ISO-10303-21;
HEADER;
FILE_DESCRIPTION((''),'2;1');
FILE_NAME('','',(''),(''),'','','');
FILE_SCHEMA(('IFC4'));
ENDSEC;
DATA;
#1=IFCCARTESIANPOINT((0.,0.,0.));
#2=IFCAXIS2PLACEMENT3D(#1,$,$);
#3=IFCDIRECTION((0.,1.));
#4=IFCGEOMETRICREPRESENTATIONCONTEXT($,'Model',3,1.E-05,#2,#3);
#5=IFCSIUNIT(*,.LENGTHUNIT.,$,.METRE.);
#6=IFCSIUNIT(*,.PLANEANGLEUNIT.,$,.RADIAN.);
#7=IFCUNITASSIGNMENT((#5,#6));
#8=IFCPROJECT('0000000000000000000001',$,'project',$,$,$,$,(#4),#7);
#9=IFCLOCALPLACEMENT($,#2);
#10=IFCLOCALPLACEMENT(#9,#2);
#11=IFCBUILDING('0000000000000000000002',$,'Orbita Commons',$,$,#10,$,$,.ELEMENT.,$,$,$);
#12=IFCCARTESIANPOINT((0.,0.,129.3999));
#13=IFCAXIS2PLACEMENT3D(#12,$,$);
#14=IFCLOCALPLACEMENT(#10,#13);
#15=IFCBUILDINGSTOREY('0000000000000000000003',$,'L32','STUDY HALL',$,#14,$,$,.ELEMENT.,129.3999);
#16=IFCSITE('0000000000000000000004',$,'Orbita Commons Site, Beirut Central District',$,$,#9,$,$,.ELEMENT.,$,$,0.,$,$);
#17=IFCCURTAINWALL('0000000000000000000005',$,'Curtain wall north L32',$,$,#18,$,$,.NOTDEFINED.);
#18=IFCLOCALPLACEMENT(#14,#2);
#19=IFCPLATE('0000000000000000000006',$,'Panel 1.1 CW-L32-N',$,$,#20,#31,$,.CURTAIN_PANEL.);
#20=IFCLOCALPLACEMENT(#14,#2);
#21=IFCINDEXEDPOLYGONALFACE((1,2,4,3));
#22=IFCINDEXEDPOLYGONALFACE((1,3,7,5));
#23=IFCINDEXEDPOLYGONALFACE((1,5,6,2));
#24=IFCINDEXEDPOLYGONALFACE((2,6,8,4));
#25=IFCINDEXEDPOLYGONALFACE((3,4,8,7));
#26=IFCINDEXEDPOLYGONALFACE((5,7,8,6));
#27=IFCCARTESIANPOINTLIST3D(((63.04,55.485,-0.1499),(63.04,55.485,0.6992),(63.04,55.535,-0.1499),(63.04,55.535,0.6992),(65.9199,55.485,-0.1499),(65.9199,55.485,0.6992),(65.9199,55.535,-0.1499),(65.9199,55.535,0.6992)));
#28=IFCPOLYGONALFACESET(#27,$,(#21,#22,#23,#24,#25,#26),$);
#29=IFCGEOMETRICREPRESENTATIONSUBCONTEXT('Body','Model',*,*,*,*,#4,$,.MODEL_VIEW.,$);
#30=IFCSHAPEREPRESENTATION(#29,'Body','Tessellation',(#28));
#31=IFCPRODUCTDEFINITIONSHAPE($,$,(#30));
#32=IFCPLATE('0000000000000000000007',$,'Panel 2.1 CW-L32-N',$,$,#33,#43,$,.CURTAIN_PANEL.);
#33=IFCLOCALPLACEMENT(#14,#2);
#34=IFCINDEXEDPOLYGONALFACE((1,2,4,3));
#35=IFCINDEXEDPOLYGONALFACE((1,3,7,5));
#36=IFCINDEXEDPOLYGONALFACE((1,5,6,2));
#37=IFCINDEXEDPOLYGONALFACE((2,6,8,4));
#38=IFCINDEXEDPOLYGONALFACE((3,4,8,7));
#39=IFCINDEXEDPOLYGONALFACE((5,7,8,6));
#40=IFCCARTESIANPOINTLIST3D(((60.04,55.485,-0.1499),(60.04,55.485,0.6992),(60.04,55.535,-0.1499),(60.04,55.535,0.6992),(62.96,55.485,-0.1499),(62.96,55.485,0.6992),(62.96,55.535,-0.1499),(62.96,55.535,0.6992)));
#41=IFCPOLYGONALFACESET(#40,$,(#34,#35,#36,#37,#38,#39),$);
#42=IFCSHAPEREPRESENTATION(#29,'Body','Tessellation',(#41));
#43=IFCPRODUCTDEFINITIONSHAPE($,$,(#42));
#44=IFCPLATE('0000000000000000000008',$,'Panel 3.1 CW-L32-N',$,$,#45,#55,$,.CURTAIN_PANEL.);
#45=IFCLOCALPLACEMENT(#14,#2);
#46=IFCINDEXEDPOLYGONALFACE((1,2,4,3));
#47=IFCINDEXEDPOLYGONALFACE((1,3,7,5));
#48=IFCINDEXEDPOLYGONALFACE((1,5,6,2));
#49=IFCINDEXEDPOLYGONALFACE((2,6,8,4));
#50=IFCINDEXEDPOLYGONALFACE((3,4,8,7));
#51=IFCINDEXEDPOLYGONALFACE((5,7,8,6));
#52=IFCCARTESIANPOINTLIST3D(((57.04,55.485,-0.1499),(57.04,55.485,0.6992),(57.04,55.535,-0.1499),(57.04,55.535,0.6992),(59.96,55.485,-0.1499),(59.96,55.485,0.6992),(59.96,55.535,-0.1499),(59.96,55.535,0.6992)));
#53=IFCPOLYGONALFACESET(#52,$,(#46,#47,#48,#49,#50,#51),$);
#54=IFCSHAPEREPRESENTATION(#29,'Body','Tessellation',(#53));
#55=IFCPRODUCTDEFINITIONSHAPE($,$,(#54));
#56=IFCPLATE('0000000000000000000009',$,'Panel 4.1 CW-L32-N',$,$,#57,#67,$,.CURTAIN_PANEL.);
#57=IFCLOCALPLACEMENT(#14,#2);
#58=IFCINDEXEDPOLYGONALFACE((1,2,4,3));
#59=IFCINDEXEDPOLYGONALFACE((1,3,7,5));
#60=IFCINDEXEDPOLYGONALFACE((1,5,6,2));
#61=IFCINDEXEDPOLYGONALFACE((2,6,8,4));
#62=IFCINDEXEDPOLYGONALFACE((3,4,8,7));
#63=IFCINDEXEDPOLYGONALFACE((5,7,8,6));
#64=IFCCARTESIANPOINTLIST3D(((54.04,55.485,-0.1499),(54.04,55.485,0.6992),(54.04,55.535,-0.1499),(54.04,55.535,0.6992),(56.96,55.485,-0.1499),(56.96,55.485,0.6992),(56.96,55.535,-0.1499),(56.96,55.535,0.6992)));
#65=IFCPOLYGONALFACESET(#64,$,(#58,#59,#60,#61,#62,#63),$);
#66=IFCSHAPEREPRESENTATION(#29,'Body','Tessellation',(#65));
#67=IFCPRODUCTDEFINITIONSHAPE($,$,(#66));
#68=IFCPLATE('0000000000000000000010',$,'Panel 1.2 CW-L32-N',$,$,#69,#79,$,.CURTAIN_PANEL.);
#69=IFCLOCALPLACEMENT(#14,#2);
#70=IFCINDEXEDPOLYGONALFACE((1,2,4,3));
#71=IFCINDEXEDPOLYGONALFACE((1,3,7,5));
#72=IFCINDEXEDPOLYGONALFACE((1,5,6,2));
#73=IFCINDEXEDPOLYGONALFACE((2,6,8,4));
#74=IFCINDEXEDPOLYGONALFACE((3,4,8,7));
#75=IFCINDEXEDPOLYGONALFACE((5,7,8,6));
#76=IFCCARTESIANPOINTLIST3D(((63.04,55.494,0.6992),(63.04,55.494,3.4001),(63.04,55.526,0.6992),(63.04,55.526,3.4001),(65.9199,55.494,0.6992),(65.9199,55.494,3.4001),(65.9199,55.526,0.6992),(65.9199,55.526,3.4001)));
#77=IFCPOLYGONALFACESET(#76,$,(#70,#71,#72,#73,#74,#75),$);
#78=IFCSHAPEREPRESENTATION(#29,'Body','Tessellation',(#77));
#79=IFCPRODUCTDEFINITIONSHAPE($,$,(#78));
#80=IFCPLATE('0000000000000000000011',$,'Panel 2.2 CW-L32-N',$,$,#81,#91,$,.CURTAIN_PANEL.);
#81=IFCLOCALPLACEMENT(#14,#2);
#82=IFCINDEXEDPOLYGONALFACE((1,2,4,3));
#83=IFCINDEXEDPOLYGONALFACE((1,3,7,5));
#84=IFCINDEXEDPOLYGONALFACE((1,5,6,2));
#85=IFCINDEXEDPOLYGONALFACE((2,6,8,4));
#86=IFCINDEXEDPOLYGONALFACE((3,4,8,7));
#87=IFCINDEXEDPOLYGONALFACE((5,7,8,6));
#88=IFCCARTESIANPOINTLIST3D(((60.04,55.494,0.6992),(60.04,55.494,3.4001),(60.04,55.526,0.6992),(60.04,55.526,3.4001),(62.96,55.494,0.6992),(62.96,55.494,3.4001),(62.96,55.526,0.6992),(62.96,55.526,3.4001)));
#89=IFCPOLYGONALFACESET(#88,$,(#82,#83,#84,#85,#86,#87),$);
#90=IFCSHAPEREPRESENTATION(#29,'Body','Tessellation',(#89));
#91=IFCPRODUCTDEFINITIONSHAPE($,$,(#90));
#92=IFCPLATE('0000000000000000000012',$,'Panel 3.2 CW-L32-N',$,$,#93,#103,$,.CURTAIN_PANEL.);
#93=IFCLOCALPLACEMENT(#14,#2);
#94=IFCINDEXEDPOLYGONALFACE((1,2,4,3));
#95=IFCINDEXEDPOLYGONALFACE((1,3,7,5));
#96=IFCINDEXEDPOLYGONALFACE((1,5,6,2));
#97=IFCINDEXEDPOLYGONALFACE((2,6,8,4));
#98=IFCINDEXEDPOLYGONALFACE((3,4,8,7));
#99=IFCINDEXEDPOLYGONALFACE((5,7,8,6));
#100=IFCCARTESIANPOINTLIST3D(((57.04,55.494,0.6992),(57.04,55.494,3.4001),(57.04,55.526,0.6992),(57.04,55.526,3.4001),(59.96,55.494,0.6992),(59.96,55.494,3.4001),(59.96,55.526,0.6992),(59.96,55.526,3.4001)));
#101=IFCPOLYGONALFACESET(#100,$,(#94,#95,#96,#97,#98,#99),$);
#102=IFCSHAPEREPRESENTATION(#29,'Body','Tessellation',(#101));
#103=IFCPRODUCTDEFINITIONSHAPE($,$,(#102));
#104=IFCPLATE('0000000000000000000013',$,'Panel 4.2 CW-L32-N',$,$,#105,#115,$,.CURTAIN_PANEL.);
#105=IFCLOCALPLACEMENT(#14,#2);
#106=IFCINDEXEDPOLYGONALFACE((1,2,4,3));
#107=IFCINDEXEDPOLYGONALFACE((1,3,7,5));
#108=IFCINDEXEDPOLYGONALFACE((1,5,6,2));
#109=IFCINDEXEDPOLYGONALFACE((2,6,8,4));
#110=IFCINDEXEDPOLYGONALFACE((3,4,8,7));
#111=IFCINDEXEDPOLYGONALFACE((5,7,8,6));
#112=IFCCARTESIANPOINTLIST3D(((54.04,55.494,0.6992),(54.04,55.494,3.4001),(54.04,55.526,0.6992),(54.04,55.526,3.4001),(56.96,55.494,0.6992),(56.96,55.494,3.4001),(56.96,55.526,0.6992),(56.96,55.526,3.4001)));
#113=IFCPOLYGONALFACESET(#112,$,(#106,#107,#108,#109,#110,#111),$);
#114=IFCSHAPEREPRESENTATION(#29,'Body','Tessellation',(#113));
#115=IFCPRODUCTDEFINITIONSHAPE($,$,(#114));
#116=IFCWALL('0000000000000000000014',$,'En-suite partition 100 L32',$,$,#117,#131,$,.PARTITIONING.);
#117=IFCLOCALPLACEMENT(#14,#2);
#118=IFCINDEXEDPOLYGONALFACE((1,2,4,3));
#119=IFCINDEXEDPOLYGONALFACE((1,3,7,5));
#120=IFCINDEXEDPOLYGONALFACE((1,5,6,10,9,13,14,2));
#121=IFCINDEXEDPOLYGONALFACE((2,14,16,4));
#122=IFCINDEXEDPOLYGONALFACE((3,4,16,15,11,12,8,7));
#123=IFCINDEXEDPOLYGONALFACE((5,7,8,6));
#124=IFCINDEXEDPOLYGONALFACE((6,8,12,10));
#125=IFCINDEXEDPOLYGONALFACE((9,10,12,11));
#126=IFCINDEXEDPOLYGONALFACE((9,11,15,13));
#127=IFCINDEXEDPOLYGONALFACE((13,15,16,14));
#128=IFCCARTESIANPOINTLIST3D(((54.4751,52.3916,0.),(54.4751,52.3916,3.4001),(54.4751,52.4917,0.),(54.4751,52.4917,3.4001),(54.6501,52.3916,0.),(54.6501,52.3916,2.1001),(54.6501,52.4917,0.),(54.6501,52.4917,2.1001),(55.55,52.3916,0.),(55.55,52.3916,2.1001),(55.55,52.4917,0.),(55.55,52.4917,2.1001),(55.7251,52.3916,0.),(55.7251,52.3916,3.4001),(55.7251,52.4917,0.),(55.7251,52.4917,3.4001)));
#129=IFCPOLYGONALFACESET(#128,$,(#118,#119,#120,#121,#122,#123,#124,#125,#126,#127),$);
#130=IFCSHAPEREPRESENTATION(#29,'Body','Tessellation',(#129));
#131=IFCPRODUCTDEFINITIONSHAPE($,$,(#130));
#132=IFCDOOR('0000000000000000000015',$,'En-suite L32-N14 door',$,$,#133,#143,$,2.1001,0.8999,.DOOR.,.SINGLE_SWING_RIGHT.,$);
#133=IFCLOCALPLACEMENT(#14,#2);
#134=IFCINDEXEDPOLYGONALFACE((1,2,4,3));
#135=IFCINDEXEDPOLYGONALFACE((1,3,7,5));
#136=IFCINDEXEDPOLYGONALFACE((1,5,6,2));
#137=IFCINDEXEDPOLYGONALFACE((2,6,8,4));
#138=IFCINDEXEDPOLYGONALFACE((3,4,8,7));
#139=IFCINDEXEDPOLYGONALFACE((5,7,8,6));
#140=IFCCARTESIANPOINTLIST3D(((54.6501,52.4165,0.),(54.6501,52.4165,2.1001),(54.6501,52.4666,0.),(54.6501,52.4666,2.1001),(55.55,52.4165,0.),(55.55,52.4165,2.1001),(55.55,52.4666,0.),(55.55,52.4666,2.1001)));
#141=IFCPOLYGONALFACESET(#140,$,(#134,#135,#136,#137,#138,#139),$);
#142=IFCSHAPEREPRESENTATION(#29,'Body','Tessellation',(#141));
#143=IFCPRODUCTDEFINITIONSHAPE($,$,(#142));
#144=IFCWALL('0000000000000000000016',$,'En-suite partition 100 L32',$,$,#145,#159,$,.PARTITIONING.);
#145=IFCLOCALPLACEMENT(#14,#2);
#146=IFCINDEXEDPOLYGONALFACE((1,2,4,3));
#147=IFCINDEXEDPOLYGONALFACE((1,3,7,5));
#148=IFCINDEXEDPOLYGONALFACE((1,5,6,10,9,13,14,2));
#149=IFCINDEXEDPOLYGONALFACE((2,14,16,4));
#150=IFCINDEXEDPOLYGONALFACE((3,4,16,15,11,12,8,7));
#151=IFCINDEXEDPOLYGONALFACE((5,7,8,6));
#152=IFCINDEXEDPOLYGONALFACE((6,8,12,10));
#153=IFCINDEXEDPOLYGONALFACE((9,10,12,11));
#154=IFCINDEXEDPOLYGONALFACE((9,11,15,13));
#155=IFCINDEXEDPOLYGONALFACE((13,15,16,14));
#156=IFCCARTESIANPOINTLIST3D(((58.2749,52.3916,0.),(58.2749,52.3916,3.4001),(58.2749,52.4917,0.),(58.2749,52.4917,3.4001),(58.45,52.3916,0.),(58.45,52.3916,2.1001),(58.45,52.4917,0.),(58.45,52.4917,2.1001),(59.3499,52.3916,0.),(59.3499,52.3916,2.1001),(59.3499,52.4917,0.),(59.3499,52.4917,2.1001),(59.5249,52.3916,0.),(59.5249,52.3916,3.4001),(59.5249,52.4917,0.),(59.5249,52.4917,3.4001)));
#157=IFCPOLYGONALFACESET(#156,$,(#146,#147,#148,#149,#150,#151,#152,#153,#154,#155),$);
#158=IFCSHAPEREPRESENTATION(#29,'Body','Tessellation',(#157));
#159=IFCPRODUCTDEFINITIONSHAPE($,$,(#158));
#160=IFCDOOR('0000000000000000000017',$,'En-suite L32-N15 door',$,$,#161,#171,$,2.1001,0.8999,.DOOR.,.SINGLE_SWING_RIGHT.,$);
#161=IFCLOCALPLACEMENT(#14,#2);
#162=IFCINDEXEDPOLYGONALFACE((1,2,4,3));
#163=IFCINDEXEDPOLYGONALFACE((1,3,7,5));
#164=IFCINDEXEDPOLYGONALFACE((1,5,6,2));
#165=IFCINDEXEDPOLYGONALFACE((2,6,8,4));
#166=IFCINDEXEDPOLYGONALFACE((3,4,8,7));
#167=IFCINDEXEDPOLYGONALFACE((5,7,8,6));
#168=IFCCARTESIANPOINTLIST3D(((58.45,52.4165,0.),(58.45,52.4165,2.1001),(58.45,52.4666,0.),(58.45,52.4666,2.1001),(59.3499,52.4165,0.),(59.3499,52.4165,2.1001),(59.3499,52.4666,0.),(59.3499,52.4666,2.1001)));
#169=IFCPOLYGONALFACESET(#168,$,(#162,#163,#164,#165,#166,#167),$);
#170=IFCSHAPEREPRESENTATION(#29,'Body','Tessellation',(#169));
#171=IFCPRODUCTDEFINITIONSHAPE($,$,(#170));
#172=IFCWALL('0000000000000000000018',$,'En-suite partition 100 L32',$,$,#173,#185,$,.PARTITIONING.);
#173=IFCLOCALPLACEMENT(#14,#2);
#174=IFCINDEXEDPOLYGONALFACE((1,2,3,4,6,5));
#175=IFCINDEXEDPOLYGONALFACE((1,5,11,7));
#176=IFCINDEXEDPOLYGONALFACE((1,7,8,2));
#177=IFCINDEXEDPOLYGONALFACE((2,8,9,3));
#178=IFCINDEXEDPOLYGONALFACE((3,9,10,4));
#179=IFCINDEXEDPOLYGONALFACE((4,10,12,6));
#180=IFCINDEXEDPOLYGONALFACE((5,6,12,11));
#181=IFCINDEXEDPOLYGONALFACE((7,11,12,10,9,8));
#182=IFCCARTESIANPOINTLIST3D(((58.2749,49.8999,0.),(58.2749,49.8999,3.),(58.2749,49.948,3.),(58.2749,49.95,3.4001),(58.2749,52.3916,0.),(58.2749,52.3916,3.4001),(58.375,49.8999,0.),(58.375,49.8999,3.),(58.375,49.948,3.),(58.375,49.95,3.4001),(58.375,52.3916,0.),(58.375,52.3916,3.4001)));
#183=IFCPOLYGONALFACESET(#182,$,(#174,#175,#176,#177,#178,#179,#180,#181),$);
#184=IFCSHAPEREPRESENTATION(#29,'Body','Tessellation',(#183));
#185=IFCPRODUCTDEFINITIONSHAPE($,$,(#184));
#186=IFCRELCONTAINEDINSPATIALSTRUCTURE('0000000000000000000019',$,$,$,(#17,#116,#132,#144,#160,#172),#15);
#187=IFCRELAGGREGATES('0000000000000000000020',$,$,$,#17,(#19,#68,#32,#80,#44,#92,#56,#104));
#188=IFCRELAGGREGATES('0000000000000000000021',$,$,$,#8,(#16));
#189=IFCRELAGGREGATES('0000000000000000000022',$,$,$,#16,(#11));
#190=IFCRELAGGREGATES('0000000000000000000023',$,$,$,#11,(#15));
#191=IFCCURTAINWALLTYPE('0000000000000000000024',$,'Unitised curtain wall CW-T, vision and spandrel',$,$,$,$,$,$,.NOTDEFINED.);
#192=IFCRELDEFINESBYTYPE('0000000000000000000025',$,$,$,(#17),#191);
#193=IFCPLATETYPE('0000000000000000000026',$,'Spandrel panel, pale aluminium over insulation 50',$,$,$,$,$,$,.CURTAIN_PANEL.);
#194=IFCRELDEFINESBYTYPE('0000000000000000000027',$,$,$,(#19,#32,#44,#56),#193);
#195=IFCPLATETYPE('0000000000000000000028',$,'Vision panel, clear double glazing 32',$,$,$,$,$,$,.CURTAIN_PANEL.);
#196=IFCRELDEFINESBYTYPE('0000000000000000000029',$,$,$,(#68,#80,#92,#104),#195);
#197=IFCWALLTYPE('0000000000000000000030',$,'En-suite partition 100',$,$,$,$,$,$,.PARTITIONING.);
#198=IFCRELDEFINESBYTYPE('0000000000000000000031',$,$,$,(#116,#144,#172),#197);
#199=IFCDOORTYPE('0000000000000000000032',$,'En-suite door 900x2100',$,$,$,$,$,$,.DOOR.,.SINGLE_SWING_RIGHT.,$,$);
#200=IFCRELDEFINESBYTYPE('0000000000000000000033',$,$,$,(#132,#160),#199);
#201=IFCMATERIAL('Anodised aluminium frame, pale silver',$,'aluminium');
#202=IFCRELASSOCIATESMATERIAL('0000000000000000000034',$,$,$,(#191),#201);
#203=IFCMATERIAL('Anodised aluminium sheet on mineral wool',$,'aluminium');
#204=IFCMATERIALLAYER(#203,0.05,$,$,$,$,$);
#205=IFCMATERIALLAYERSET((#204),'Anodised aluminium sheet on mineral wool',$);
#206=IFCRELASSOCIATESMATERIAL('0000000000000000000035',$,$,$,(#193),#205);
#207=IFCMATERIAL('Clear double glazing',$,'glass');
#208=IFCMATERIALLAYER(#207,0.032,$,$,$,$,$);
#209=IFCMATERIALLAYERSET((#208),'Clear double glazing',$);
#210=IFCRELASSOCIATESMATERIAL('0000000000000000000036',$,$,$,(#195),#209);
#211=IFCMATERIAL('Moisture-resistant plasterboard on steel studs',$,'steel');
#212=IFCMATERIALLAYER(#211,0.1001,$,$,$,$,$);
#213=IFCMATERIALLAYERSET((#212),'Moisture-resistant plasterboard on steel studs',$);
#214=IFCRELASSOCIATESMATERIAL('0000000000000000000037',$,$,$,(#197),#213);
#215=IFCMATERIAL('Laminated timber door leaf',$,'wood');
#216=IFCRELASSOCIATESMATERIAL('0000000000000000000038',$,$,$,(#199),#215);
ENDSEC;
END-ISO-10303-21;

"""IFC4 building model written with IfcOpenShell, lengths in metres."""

from ifc_helpers import new_model, si_unit, direction, frame, frame_2d, origin, origin_2d, place, context, subcontext, project, spatial, polyline, rectangle, outline, extrude, material, layer, layer_set, type_object, element, fill, aggregate, save


model = new_model("IFC4")

# Units and contexts
model_context = context("Model", 3, precision=1e-05, world=origin(), true_north=direction((0.0, 1.0)))
body_context = subcontext(model_context, "Body", "Model", "MODEL_VIEW")
ifc_project = project(units=[si_unit("LENGTHUNIT", "METRE"), si_unit("PLANEANGLEUNIT", "RADIAN")], contexts=[model_context])

# Site, building, storey
site_placement = place(None, origin())
site = spatial("IfcSite", under=ifc_project, at=site_placement, Name="Orbita Commons Site, Beirut Central District", CompositionType="ELEMENT", RefElevation=0.0)
building_placement = place(site_placement, origin())
building = spatial("IfcBuilding", under=site, at=building_placement, Name="Orbita Commons", CompositionType="ELEMENT")
storey_placement = place(building_placement, frame((0.0, 0.0, 129.3999)))
storey = spatial("IfcBuildingStorey", under=building, at=storey_placement, Name="L32", Description="STUDY HALL", CompositionType="ELEMENT", Elevation=129.3999)

# Curtain wall
ifc_material_1 = material(Name="Anodised aluminium frame, pale silver", Category="aluminium")
curtain_wall_type = type_object("IfcCurtainWallType", Name="Unitised curtain wall CW-T, vision and spandrel", PredefinedType="NOTDEFINED", material=ifc_material_1)
curtain_wall_placement = place(storey_placement, origin())
curtain_wall = element("IfcCurtainWall", 1, at=curtain_wall_placement, inside=storey, type_object=curtain_wall_type, Name="Curtain wall north L32", PredefinedType="NOTDEFINED")

# Plates
ifc_material_2 = material(Name="Anodised aluminium sheet on mineral wool", Category="aluminium")
ifc_layer_1 = layer(ifc_material_2, 0.05)
ifc_layer_set_1 = layer_set([ifc_layer_1], Name="Anodised aluminium sheet on mineral wool")
plate_type_1 = type_object("IfcPlateType", Name="Spandrel panel, pale aluminium over insulation 50", PredefinedType="CURTAIN_PANEL", material=ifc_layer_set_1)
plate_1_placement = place(storey_placement, frame((64.48, 55.51, -0.1499), z_axis=(0.0, 0.0, 1.0), x_axis=(-1.0, 0.0, 0.0)))
plate_1 = element("IfcPlate", 2, at=plate_1_placement, type_object=plate_type_1, Name="Panel 1.1 CW-L32-N", PredefinedType="CURTAIN_PANEL", context=body_context, shape_type="SweptSolid", body=[
    extrude(rectangle(XDim=2.8799, YDim=0.05, at=origin_2d()), origin(), (0.0, 0.0, 1.0), 0.8491),
])
plate_2_placement = place(storey_placement, frame((61.5, 55.51, -0.1499), z_axis=(0.0, 0.0, 1.0), x_axis=(-1.0, 0.0, 0.0)))
plate_2 = element("IfcPlate", 3, at=plate_2_placement, type_object=plate_type_1, Name="Panel 2.1 CW-L32-N", PredefinedType="CURTAIN_PANEL", context=body_context, shape_type="SweptSolid", body=[
    extrude(rectangle(XDim=2.9199, YDim=0.05, at=origin_2d()), origin(), (0.0, 0.0, 1.0), 0.8491),
])
plate_3_placement = place(storey_placement, frame((58.5, 55.51, -0.1499), z_axis=(0.0, 0.0, 1.0), x_axis=(-1.0, 0.0, 0.0)))
plate_3 = element("IfcPlate", 4, at=plate_3_placement, type_object=plate_type_1, Name="Panel 3.1 CW-L32-N", PredefinedType="CURTAIN_PANEL", context=body_context, shape_type="SweptSolid", body=[
    extrude(rectangle(XDim=2.9199, YDim=0.05, at=origin_2d()), origin(), (0.0, 0.0, 1.0), 0.8491),
])
plate_4_placement = place(storey_placement, frame((55.5, 55.51, -0.1499), z_axis=(0.0, 0.0, 1.0), x_axis=(-1.0, 0.0, 0.0)))
plate_4 = element("IfcPlate", 5, at=plate_4_placement, type_object=plate_type_1, Name="Panel 4.1 CW-L32-N", PredefinedType="CURTAIN_PANEL", context=body_context, shape_type="SweptSolid", body=[
    extrude(rectangle(XDim=2.9199, YDim=0.05, at=origin_2d()), origin(), (0.0, 0.0, 1.0), 0.8491),
])
ifc_material_3 = material(Name="Clear double glazing", Category="glass")
ifc_layer_2 = layer(ifc_material_3, 0.032)
ifc_layer_set_2 = layer_set([ifc_layer_2], Name="Clear double glazing")
plate_type_2 = type_object("IfcPlateType", Name="Vision panel, clear double glazing 32", PredefinedType="CURTAIN_PANEL", material=ifc_layer_set_2)
plate_5_placement = place(storey_placement, frame((64.48, 55.51, 0.6992), z_axis=(0.0, 0.0, 1.0), x_axis=(-1.0, 0.0, 0.0)))
plate_5 = element("IfcPlate", 6, at=plate_5_placement, type_object=plate_type_2, Name="Panel 1.2 CW-L32-N", PredefinedType="CURTAIN_PANEL", context=body_context, shape_type="SweptSolid", body=[
    extrude(rectangle(XDim=2.8799, YDim=0.032, at=origin_2d()), origin(), (0.0, 0.0, 1.0), 2.7009),
])
plate_6_placement = place(storey_placement, frame((61.5, 55.51, 0.6992), z_axis=(0.0, 0.0, 1.0), x_axis=(-1.0, 0.0, 0.0)))
plate_6 = element("IfcPlate", 7, at=plate_6_placement, type_object=plate_type_2, Name="Panel 2.2 CW-L32-N", PredefinedType="CURTAIN_PANEL", context=body_context, shape_type="SweptSolid", body=[
    extrude(rectangle(XDim=2.9199, YDim=0.032, at=origin_2d()), origin(), (0.0, 0.0, 1.0), 2.7009),
])
plate_7_placement = place(storey_placement, frame((58.5, 55.51, 0.6992), z_axis=(0.0, 0.0, 1.0), x_axis=(-1.0, 0.0, 0.0)))
plate_7 = element("IfcPlate", 8, at=plate_7_placement, type_object=plate_type_2, Name="Panel 3.2 CW-L32-N", PredefinedType="CURTAIN_PANEL", context=body_context, shape_type="SweptSolid", body=[
    extrude(rectangle(XDim=2.9199, YDim=0.032, at=origin_2d()), origin(), (0.0, 0.0, 1.0), 2.7009),
])
plate_8_placement = place(storey_placement, frame((55.5, 55.51, 0.6992), z_axis=(0.0, 0.0, 1.0), x_axis=(-1.0, 0.0, 0.0)))
plate_8 = element("IfcPlate", 9, at=plate_8_placement, type_object=plate_type_2, Name="Panel 4.2 CW-L32-N", PredefinedType="CURTAIN_PANEL", context=body_context, shape_type="SweptSolid", body=[
    extrude(rectangle(XDim=2.9199, YDim=0.032, at=origin_2d()), origin(), (0.0, 0.0, 1.0), 2.7009),
])
aggregate(curtain_wall, [plate_1, plate_5, plate_2, plate_6, plate_3, plate_7, plate_4, plate_8])

# Walls, openings, doors
ifc_material_4 = material(Name="Moisture-resistant plasterboard on steel studs", Category="steel")
ifc_layer_3 = layer(ifc_material_4, 0.1001)
ifc_layer_set_3 = layer_set([ifc_layer_3], Name="Moisture-resistant plasterboard on steel studs")
wall_type_1 = type_object("IfcWallType", Name="En-suite partition 100", PredefinedType="PARTITIONING", material=ifc_layer_set_3)
wall_1_placement = place(storey_placement, frame((54.4751, 52.4417, 0.0), z_axis=(0.0, 0.0, 1.0), x_axis=(1.0, 0.0, 0.0)))
wall_1 = element("IfcWall", 10, at=wall_1_placement, inside=storey, type_object=wall_type_1, Name="En-suite partition 100 L32", PredefinedType="PARTITIONING", context=body_context, shape_type="SweptSolid", body=[
    extrude(rectangle(XDim=1.25, YDim=0.1001, at=frame_2d((0.625, 0.0))), origin(), (0.0, 0.0, 1.0), 3.4001),
])
opening_1_placement = place(wall_1_placement, frame((0.175, 0.0, 0.0)))
opening_1 = element("IfcOpeningElement", 11, at=opening_1_placement, cuts=wall_1, PredefinedType="OPENING", context=body_context, shape_type="SweptSolid", body=[
    extrude(rectangle(XDim=0.8999, YDim=2.1001, at=frame_2d((0.45, 1.05))), frame((0.0, 0.0601, 0.0), z_axis=(0.0, -1.0, 0.0), x_axis=(1.0, 0.0, 0.0)), (0.0, 0.0, 1.0), 0.1201),
])
ifc_material_5 = material(Name="Laminated timber door leaf", Category="wood")
door_type = type_object("IfcDoorType", Name="En-suite door 900x2100", OperationType="SINGLE_SWING_RIGHT", PredefinedType="DOOR", material=ifc_material_5)
door_1_placement = place(opening_1_placement, origin())
door_1 = element("IfcDoor", 12, at=door_1_placement, inside=storey, type_object=door_type, Name="En-suite L32-N14 door", OperationType="SINGLE_SWING_RIGHT", OverallHeight=2.1001, OverallWidth=0.8999, PredefinedType="DOOR", context=body_context, shape_type="SweptSolid", body=[
    extrude(rectangle(XDim=0.8999, YDim=2.1001, at=frame_2d((0.45, 1.05))), frame((0.0, 0.0249, 0.0), z_axis=(0.0, -1.0, 0.0), x_axis=(1.0, 0.0, 0.0)), (0.0, 0.0, 1.0), 0.05),
])
fill(opening_1, door_1)
wall_2_placement = place(storey_placement, frame((58.2749, 52.4417, 0.0), z_axis=(0.0, 0.0, 1.0), x_axis=(1.0, 0.0, 0.0)))
wall_2 = element("IfcWall", 13, at=wall_2_placement, inside=storey, type_object=wall_type_1, Name="En-suite partition 100 L32", PredefinedType="PARTITIONING", context=body_context, shape_type="SweptSolid", body=[
    extrude(rectangle(XDim=1.25, YDim=0.1001, at=frame_2d((0.625, 0.0))), origin(), (0.0, 0.0, 1.0), 3.4001),
])
opening_2_placement = place(wall_2_placement, frame((0.175, 0.0, 0.0)))
opening_2 = element("IfcOpeningElement", 14, at=opening_2_placement, cuts=wall_2, PredefinedType="OPENING", context=body_context, shape_type="SweptSolid", body=[
    extrude(rectangle(XDim=0.8999, YDim=2.1001, at=frame_2d((0.45, 1.05))), frame((0.0, 0.0601, 0.0), z_axis=(0.0, -1.0, 0.0), x_axis=(1.0, 0.0, 0.0)), (0.0, 0.0, 1.0), 0.1201),
])
door_2_placement = place(opening_2_placement, origin())
door_2 = element("IfcDoor", 15, at=door_2_placement, inside=storey, type_object=door_type, Name="En-suite L32-N15 door", OperationType="SINGLE_SWING_RIGHT", OverallHeight=2.1001, OverallWidth=0.8999, PredefinedType="DOOR", context=body_context, shape_type="SweptSolid", body=[
    extrude(rectangle(XDim=0.8999, YDim=2.1001, at=frame_2d((0.45, 1.05))), frame((0.0, 0.0249, 0.0), z_axis=(0.0, -1.0, 0.0), x_axis=(1.0, 0.0, 0.0)), (0.0, 0.0, 1.0), 0.05),
])
fill(opening_2, door_2)

# Wall
wall_3_placement = place(storey_placement, frame((58.325, 52.3916, 0.0), z_axis=(0.0, 0.0, 1.0), x_axis=(0.0, -1.0, 0.0)))
element("IfcWall", 16, at=wall_3_placement, inside=storey, type_object=wall_type_1, Name="En-suite partition 100 L32", PredefinedType="PARTITIONING", context=body_context, shape_type="SweptSolid", body=[
    extrude(outline(polyline([(0.0, 0.0), (2.4917, 0.0), (2.4917, 3.0), (2.4436, 3.0), (2.4417, 3.4001), (0.0, 3.4001), (0.0, 0.0)])), frame((0.0, 0.05, 0.0), z_axis=(0.0, -1.0, 0.0), x_axis=(1.0, 0.0, 0.0)), (0.0, 0.0, 1.0), 0.1001),
])

save(model, "model.ifc")
